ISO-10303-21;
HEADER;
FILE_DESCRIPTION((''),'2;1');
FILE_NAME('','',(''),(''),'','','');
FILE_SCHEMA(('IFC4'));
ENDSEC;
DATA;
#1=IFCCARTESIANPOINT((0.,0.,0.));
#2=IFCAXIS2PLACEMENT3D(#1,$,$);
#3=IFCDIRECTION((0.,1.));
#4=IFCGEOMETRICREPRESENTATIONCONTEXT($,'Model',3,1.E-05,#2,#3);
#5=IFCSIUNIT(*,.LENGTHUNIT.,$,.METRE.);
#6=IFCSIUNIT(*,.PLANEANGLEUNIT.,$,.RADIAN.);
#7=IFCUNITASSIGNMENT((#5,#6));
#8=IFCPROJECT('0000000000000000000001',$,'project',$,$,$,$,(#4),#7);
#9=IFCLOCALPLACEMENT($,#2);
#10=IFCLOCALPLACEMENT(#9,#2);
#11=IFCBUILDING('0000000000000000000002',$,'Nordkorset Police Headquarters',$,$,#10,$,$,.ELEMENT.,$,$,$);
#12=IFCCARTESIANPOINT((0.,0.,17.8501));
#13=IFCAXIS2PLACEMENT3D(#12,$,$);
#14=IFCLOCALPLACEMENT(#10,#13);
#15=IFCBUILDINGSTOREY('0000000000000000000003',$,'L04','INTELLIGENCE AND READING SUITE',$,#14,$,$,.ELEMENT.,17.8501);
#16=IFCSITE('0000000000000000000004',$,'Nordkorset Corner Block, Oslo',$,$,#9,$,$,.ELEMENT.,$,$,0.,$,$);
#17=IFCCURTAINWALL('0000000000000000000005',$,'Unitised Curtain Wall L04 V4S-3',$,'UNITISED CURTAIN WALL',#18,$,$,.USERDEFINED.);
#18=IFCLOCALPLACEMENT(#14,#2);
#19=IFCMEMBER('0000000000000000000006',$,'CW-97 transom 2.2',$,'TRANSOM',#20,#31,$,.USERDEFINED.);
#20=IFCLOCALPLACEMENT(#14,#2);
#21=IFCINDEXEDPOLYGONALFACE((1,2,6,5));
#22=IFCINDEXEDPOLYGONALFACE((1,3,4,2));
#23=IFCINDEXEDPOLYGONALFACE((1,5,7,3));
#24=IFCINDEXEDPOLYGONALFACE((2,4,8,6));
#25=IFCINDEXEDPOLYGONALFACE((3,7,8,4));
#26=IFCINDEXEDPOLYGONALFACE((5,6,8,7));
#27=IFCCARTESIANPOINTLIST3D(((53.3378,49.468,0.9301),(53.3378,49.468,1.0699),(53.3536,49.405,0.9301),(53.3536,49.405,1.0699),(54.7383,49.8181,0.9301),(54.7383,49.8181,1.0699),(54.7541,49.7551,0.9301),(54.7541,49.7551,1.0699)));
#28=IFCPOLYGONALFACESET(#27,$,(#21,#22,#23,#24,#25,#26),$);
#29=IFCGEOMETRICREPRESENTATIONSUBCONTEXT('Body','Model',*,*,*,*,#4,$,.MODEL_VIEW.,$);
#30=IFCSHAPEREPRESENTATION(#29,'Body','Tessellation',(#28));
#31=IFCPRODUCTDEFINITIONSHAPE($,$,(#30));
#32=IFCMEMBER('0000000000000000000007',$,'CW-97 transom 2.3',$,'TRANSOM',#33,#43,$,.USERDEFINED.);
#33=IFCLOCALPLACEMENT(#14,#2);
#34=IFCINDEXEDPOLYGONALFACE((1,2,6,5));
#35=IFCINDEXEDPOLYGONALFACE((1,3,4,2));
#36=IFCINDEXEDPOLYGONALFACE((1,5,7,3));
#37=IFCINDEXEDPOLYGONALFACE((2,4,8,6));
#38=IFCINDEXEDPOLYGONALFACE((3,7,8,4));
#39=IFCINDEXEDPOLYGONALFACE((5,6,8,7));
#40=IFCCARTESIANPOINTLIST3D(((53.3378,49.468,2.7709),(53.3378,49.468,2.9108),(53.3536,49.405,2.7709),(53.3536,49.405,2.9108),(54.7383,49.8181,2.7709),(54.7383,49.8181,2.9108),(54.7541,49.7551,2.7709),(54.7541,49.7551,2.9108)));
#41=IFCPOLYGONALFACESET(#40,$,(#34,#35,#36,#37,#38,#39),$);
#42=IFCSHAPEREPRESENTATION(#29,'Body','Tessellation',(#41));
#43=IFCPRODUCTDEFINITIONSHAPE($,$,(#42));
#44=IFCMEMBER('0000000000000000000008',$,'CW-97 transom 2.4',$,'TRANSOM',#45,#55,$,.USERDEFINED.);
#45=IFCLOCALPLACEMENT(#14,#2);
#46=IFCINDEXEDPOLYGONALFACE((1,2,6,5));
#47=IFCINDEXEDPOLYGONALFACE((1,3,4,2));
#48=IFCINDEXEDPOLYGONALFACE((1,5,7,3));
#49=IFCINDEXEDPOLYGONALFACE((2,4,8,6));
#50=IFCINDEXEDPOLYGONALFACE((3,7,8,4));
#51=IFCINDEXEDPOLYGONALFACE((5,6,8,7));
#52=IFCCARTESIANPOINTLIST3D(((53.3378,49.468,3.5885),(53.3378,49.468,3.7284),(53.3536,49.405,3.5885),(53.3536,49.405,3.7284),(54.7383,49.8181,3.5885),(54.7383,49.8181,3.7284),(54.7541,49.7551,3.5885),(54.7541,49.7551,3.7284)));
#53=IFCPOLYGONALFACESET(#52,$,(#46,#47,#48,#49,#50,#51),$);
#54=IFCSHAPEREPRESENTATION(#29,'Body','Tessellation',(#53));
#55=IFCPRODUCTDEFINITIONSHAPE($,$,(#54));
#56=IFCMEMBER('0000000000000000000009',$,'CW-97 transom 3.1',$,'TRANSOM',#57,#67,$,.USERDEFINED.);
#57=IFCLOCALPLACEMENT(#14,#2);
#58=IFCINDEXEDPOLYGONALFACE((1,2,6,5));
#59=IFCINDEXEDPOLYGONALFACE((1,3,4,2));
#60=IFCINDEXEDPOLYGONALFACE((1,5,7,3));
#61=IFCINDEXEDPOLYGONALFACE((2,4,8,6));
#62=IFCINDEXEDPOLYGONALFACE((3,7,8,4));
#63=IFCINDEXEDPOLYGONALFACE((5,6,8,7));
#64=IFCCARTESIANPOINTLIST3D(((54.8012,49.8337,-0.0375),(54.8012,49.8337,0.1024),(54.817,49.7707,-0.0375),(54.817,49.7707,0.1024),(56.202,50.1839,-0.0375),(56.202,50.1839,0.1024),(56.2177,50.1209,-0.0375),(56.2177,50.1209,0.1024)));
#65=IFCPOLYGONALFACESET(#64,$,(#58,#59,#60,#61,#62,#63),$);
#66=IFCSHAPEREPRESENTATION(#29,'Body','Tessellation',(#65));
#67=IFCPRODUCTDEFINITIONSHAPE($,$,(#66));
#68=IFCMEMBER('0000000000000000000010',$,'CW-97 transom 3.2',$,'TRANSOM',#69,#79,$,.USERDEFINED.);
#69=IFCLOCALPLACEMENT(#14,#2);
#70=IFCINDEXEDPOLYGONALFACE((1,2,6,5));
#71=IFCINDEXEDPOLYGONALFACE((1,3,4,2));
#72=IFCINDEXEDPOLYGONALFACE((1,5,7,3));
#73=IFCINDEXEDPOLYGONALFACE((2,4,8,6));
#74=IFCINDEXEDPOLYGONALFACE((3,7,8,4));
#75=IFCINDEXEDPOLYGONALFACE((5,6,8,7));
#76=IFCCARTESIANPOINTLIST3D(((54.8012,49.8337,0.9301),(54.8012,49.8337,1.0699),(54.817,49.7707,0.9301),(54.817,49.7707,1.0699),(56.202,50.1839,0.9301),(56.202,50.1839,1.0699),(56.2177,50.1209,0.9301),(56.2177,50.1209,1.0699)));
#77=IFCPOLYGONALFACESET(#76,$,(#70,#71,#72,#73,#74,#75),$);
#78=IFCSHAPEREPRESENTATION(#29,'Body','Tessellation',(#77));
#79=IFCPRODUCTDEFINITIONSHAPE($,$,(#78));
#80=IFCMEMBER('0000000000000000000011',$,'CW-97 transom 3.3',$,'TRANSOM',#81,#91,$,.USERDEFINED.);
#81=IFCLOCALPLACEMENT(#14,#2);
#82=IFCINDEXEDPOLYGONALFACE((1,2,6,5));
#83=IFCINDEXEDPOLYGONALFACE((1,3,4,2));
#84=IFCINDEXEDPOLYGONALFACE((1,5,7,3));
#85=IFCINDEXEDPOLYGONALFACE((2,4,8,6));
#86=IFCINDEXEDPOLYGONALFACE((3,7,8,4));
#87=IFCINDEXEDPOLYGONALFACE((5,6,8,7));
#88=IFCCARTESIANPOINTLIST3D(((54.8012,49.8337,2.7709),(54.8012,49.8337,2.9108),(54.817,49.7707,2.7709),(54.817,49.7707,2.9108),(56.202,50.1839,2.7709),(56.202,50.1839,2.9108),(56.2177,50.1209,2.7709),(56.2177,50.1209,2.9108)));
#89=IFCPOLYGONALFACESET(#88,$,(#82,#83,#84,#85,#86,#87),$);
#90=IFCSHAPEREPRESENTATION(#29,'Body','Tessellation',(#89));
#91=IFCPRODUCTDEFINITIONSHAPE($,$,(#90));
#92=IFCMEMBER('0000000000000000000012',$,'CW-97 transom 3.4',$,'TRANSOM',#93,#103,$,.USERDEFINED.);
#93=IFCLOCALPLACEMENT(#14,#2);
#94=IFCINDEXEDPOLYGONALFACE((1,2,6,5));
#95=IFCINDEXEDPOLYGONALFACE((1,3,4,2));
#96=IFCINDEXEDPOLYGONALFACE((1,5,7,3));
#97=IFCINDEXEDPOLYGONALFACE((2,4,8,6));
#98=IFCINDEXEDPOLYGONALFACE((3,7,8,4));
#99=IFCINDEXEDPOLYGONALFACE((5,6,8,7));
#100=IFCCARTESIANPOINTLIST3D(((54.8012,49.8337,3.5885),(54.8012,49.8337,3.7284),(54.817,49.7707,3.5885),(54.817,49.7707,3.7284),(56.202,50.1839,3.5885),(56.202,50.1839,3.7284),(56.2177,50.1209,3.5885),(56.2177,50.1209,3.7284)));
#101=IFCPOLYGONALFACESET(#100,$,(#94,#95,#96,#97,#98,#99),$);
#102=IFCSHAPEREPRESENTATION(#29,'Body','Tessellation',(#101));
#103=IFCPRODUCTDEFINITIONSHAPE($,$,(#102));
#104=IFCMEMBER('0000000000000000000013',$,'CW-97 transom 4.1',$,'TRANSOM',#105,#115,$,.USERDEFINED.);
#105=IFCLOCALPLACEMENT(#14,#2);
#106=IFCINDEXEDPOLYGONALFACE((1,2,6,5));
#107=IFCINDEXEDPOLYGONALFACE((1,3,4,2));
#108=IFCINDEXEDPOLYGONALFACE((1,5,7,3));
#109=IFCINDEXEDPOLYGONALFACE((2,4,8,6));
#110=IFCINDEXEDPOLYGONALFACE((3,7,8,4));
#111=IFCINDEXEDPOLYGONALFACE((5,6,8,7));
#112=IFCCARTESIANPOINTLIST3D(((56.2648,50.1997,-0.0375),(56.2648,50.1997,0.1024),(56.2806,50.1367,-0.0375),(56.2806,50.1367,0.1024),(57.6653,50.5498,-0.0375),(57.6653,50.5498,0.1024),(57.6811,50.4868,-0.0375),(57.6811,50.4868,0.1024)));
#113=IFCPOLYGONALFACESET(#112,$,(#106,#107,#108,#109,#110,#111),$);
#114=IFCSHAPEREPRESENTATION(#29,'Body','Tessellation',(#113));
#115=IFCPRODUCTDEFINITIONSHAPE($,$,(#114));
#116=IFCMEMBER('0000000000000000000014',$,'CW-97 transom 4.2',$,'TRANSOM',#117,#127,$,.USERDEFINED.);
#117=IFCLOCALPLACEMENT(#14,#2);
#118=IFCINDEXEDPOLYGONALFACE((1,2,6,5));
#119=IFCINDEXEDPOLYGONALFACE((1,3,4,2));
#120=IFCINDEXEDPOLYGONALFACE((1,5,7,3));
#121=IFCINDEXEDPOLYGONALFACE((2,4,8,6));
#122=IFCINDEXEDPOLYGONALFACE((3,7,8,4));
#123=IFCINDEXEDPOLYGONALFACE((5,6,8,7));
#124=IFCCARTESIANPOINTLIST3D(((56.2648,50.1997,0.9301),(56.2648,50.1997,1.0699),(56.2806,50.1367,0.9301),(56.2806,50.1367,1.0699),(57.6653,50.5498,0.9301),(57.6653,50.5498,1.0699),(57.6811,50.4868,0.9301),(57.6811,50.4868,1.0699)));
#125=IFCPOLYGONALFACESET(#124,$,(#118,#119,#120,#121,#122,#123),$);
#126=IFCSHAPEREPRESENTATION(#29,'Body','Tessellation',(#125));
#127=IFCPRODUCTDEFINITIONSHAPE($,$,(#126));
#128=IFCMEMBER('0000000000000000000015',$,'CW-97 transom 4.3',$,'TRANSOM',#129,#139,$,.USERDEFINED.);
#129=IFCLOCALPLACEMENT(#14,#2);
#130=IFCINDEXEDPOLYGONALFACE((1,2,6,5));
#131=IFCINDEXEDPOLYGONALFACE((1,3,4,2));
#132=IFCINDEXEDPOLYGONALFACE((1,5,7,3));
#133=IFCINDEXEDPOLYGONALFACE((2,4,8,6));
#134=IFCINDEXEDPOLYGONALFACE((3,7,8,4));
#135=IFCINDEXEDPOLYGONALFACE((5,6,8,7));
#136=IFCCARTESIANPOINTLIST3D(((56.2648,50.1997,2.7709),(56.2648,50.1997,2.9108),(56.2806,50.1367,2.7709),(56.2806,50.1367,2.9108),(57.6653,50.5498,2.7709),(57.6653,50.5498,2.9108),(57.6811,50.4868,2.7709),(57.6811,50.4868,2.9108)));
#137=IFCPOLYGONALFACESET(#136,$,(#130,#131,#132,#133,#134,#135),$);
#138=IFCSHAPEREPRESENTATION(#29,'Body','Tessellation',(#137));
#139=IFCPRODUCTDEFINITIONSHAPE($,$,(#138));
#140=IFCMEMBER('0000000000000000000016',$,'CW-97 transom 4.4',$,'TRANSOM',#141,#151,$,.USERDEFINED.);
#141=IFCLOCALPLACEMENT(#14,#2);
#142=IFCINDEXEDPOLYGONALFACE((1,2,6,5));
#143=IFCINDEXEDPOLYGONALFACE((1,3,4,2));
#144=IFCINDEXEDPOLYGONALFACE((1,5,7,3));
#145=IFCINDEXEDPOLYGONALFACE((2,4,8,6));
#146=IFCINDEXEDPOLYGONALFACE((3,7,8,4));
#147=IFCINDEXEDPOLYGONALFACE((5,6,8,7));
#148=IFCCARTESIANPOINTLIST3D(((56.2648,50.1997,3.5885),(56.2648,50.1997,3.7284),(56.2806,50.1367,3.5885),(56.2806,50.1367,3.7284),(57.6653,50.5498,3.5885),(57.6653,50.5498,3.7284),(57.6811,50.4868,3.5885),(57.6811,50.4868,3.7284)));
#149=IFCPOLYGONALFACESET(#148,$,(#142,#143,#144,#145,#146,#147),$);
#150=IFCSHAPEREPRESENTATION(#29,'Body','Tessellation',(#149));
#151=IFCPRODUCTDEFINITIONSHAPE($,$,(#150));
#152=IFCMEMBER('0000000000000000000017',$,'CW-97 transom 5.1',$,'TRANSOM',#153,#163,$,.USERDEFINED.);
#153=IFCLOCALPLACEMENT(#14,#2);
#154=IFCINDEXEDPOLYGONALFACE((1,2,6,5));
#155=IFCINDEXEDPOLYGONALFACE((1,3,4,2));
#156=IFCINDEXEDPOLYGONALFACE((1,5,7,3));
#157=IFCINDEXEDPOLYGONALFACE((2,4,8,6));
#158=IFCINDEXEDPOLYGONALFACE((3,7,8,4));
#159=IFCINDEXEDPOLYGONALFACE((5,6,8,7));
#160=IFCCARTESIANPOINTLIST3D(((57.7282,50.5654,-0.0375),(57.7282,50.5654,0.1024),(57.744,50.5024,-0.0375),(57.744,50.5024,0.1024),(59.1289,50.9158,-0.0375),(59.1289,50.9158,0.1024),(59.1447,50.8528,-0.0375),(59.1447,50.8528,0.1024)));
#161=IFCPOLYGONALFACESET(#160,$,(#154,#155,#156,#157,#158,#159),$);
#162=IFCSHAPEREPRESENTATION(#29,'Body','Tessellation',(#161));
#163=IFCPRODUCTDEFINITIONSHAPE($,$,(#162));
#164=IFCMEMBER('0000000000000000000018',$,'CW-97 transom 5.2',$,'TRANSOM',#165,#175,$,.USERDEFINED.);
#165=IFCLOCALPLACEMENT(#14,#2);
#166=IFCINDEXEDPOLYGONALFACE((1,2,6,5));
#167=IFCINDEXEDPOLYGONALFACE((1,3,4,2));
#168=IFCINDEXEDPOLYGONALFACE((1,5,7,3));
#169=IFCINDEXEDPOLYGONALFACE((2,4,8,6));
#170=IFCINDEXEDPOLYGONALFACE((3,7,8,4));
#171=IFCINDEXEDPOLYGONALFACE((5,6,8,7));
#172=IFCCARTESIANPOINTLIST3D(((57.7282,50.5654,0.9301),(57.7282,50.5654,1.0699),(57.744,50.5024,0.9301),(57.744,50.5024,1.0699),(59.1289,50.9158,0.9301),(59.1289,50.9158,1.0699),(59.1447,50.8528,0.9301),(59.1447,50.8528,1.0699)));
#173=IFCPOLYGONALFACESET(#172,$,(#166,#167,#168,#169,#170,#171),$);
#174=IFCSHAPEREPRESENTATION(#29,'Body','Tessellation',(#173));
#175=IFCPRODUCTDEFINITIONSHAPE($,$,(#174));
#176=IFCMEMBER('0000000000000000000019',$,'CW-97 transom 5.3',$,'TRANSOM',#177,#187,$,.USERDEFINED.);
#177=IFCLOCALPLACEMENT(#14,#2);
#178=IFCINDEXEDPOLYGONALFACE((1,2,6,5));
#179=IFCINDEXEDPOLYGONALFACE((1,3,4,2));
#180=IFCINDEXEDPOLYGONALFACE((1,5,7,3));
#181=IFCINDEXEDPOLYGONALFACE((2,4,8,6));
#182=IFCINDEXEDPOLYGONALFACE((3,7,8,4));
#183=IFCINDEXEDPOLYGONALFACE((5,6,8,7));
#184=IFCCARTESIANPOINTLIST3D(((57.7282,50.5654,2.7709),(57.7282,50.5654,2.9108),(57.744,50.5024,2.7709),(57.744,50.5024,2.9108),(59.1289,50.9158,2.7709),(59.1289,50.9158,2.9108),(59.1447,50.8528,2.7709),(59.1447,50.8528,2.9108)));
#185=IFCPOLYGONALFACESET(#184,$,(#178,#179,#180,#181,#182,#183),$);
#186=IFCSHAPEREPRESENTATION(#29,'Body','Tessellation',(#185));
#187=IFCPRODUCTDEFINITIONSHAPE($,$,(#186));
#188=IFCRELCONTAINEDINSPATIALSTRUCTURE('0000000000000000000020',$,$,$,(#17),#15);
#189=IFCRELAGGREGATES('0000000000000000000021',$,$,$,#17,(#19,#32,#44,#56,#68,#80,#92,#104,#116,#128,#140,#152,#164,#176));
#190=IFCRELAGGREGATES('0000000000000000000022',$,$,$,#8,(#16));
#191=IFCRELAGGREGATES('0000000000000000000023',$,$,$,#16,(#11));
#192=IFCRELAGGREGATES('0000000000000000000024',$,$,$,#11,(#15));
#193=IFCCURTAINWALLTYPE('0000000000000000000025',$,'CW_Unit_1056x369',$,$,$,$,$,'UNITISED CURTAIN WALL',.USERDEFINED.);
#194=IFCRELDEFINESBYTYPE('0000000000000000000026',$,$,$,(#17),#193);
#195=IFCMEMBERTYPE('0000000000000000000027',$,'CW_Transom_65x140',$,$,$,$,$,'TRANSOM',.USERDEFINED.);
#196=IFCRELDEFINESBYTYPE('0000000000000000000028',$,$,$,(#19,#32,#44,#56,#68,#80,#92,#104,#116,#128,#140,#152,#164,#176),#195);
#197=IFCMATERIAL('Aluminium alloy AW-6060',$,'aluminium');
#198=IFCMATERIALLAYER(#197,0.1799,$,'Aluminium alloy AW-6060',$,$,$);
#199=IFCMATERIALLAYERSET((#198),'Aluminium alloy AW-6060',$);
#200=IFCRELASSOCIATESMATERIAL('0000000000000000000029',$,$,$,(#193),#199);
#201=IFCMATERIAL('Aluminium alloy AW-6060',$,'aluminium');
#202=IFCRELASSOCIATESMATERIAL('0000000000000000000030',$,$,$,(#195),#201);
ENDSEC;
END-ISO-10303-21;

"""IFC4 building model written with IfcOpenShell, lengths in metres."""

from ifc_helpers import new_model, si_unit, direction, frame, origin, origin_2d, place, context, subcontext, project, spatial, rectangle, extrude, material, layer, layer_set, material_profile, profile_set, type_object, element, aggregate, save


model = new_model("IFC4")

# Units and contexts
model_context = context("Model", 3, precision=1e-05, world=origin(), true_north=direction((0.0, 1.0)))
body_context = subcontext(model_context, "Body", "Model", "MODEL_VIEW")
ifc_project = project(units=[si_unit("LENGTHUNIT", "METRE"), si_unit("PLANEANGLEUNIT", "RADIAN")], contexts=[model_context])

# Site, building, storey
site_placement = place(None, origin())
site = spatial("IfcSite", under=ifc_project, at=site_placement, Name="Nordkorset Corner Block, Oslo", CompositionType="ELEMENT", RefElevation=0.0)
building_placement = place(site_placement, origin())
building = spatial("IfcBuilding", under=site, at=building_placement, Name="Nordkorset Police Headquarters", CompositionType="ELEMENT")
storey_placement = place(building_placement, frame((0.0, 0.0, 17.8501)))
storey = spatial("IfcBuildingStorey", under=building, at=storey_placement, Name="L04", Description="INTELLIGENCE AND READING SUITE", CompositionType="ELEMENT", Elevation=17.8501)

# Curtain wall, members
ifc_material_1 = material(Name="Aluminium alloy AW-6060", Category="aluminium")
ifc_layer_1 = layer(ifc_material_1, 0.1799, Name="Aluminium alloy AW-6060")
ifc_layer_set_1 = layer_set([ifc_layer_1], Name="Aluminium alloy AW-6060")
curtain_wall_type = type_object("IfcCurtainWallType", Name="CW_Unit_1056x369", ElementType="UNITISED CURTAIN WALL", PredefinedType="USERDEFINED", material=ifc_layer_set_1)
curtain_wall_placement = place(storey_placement, origin())
curtain_wall = element("IfcCurtainWall", 1, at=curtain_wall_placement, inside=storey, type_object=curtain_wall_type, Name="Unitised Curtain Wall L04 V4S-3", ObjectType="UNITISED CURTAIN WALL", PredefinedType="USERDEFINED")
ifc_material_2 = material(Name="Aluminium alloy AW-6060", Category="aluminium")
ifc_material_profile_1 = material_profile(ifc_material_2, rectangle(XDim=0.0649, YDim=0.1399, at=origin_2d()), Name="ALU TRAN 65x140")
ifc_profile_set_1 = profile_set([ifc_material_profile_1], Name="Aluminium alloy AW-6060")
member_type_1 = type_object("IfcMemberType", Name="CW_Transom_65x140", ElementType="TRANSOM", PredefinedType="USERDEFINED", material=ifc_profile_set_1)
member_1_placement = place(storey_placement, frame((53.3457, 49.4365, 1.0), z_axis=(0.970143, 0.242536, 0.0), x_axis=(-0.242536, 0.970143, 0.0)))
member_1 = element("IfcMember", 2, at=member_1_placement, type_object=member_type_1, Name="CW-97 transom 2.2", ObjectType="TRANSOM", PredefinedType="USERDEFINED", context=body_context, shape_type="SweptSolid", body=[
    extrude(rectangle(XDim=0.0649, YDim=0.1399, at=origin_2d()), origin(), (0.0, 0.0, 1.0), 1.4436),
])
member_2_placement = place(storey_placement, frame((53.3457, 49.4365, 2.8408), z_axis=(0.970143, 0.242536, 0.0), x_axis=(-0.242536, 0.970143, 0.0)))
member_2 = element("IfcMember", 3, at=member_2_placement, type_object=member_type_1, Name="CW-97 transom 2.3", ObjectType="TRANSOM", PredefinedType="USERDEFINED", context=body_context, shape_type="SweptSolid", body=[
    extrude(rectangle(XDim=0.0649, YDim=0.1399, at=origin_2d()), origin(), (0.0, 0.0, 1.0), 1.4436),
])
member_3_placement = place(storey_placement, frame((53.3457, 49.4365, 3.6584), z_axis=(0.970143, 0.242536, 0.0), x_axis=(-0.242536, 0.970143, 0.0)))
member_3 = element("IfcMember", 4, at=member_3_placement, type_object=member_type_1, Name="CW-97 transom 2.4", ObjectType="TRANSOM", PredefinedType="USERDEFINED", context=body_context, shape_type="SweptSolid", body=[
    extrude(rectangle(XDim=0.0649, YDim=0.1399, at=origin_2d()), origin(), (0.0, 0.0, 1.0), 1.4436),
])
member_4_placement = place(storey_placement, frame((54.8091, 49.8022, 0.0325), z_axis=(0.970152, 0.242496, 0.0), x_axis=(-0.242496, 0.970152, 0.0)))
member_4 = element("IfcMember", 5, at=member_4_placement, type_object=member_type_1, Name="CW-97 transom 3.1", ObjectType="TRANSOM", PredefinedType="USERDEFINED", context=body_context, shape_type="SweptSolid", body=[
    extrude(rectangle(XDim=0.0649, YDim=0.1399, at=origin_2d()), origin(), (0.0, 0.0, 1.0), 1.4438),
])
member_5_placement = place(storey_placement, frame((54.8091, 49.8022, 1.0), z_axis=(0.970152, 0.242496, 0.0), x_axis=(-0.242496, 0.970152, 0.0)))
member_5 = element("IfcMember", 6, at=member_5_placement, type_object=member_type_1, Name="CW-97 transom 3.2", ObjectType="TRANSOM", PredefinedType="USERDEFINED", context=body_context, shape_type="SweptSolid", body=[
    extrude(rectangle(XDim=0.0649, YDim=0.1399, at=origin_2d()), origin(), (0.0, 0.0, 1.0), 1.4438),
])
member_6_placement = place(storey_placement, frame((54.8091, 49.8022, 2.8408), z_axis=(0.970152, 0.242496, 0.0), x_axis=(-0.242496, 0.970152, 0.0)))
member_6 = element("IfcMember", 7, at=member_6_placement, type_object=member_type_1, Name="CW-97 transom 3.3", ObjectType="TRANSOM", PredefinedType="USERDEFINED", context=body_context, shape_type="SweptSolid", body=[
    extrude(rectangle(XDim=0.0649, YDim=0.1399, at=origin_2d()), origin(), (0.0, 0.0, 1.0), 1.4438),
])
member_7_placement = place(storey_placement, frame((54.8091, 49.8022, 3.6584), z_axis=(0.970152, 0.242496, 0.0), x_axis=(-0.242496, 0.970152, 0.0)))
member_7 = element("IfcMember", 8, at=member_7_placement, type_object=member_type_1, Name="CW-97 transom 3.4", ObjectType="TRANSOM", PredefinedType="USERDEFINED", context=body_context, shape_type="SweptSolid", body=[
    extrude(rectangle(XDim=0.0649, YDim=0.1399, at=origin_2d()), origin(), (0.0, 0.0, 1.0), 1.4438),
])
member_8_placement = place(storey_placement, frame((56.2727, 50.1682, 0.0325), z_axis=(0.970143, 0.242536, 0.0), x_axis=(-0.242536, 0.970143, 0.0)))
member_8 = element("IfcMember", 9, at=member_8_placement, type_object=member_type_1, Name="CW-97 transom 4.1", ObjectType="TRANSOM", PredefinedType="USERDEFINED", context=body_context, shape_type="SweptSolid", body=[
    extrude(rectangle(XDim=0.0649, YDim=0.1399, at=origin_2d()), origin(), (0.0, 0.0, 1.0), 1.4436),
])
member_9_placement = place(storey_placement, frame((56.2727, 50.1682, 1.0), z_axis=(0.970143, 0.242536, 0.0), x_axis=(-0.242536, 0.970143, 0.0)))
member_9 = element("IfcMember", 10, at=member_9_placement, type_object=member_type_1, Name="CW-97 transom 4.2", ObjectType="TRANSOM", PredefinedType="USERDEFINED", context=body_context, shape_type="SweptSolid", body=[
    extrude(rectangle(XDim=0.0649, YDim=0.1399, at=origin_2d()), origin(), (0.0, 0.0, 1.0), 1.4436),
])
member_10_placement = place(storey_placement, frame((56.2727, 50.1682, 2.8408), z_axis=(0.970143, 0.242536, 0.0), x_axis=(-0.242536, 0.970143, 0.0)))
member_10 = element("IfcMember", 11, at=member_10_placement, type_object=member_type_1, Name="CW-97 transom 4.3", ObjectType="TRANSOM", PredefinedType="USERDEFINED", context=body_context, shape_type="SweptSolid", body=[
    extrude(rectangle(XDim=0.0649, YDim=0.1399, at=origin_2d()), origin(), (0.0, 0.0, 1.0), 1.4436),
])
member_11_placement = place(storey_placement, frame((56.2727, 50.1682, 3.6584), z_axis=(0.970143, 0.242536, 0.0), x_axis=(-0.242536, 0.970143, 0.0)))
member_11 = element("IfcMember", 12, at=member_11_placement, type_object=member_type_1, Name="CW-97 transom 4.4", ObjectType="TRANSOM", PredefinedType="USERDEFINED", context=body_context, shape_type="SweptSolid", body=[
    extrude(rectangle(XDim=0.0649, YDim=0.1399, at=origin_2d()), origin(), (0.0, 0.0, 1.0), 1.4436),
])
member_12_placement = place(storey_placement, frame((57.7361, 50.5339, 0.0325), z_axis=(0.970113, 0.242655, 0.0), x_axis=(-0.242655, 0.970113, 0.0)))
member_12 = element("IfcMember", 13, at=member_12_placement, type_object=member_type_1, Name="CW-97 transom 5.1", ObjectType="TRANSOM", PredefinedType="USERDEFINED", context=body_context, shape_type="SweptSolid", body=[
    extrude(rectangle(XDim=0.0649, YDim=0.1399, at=origin_2d()), origin(), (0.0, 0.0, 1.0), 1.4438),
])
member_13_placement = place(storey_placement, frame((57.7361, 50.5339, 1.0), z_axis=(0.970113, 0.242655, 0.0), x_axis=(-0.242655, 0.970113, 0.0)))
member_13 = element("IfcMember", 14, at=member_13_placement, type_object=member_type_1, Name="CW-97 transom 5.2", ObjectType="TRANSOM", PredefinedType="USERDEFINED", context=body_context, shape_type="SweptSolid", body=[
    extrude(rectangle(XDim=0.0649, YDim=0.1399, at=origin_2d()), origin(), (0.0, 0.0, 1.0), 1.4438),
])
member_14_placement = place(storey_placement, frame((57.7361, 50.5339, 2.8408), z_axis=(0.970113, 0.242655, 0.0), x_axis=(-0.242655, 0.970113, 0.0)))
member_14 = element("IfcMember", 15, at=member_14_placement, type_object=member_type_1, Name="CW-97 transom 5.3", ObjectType="TRANSOM", PredefinedType="USERDEFINED", context=body_context, shape_type="SweptSolid", body=[
    extrude(rectangle(XDim=0.0649, YDim=0.1399, at=origin_2d()), origin(), (0.0, 0.0, 1.0), 1.4438),
])

aggregate(curtain_wall, [member_1, member_2, member_3, member_4, member_5, member_6, member_7, member_8, member_9, member_10, member_11, member_12, member_13, member_14])

save(model, "model.ifc")
